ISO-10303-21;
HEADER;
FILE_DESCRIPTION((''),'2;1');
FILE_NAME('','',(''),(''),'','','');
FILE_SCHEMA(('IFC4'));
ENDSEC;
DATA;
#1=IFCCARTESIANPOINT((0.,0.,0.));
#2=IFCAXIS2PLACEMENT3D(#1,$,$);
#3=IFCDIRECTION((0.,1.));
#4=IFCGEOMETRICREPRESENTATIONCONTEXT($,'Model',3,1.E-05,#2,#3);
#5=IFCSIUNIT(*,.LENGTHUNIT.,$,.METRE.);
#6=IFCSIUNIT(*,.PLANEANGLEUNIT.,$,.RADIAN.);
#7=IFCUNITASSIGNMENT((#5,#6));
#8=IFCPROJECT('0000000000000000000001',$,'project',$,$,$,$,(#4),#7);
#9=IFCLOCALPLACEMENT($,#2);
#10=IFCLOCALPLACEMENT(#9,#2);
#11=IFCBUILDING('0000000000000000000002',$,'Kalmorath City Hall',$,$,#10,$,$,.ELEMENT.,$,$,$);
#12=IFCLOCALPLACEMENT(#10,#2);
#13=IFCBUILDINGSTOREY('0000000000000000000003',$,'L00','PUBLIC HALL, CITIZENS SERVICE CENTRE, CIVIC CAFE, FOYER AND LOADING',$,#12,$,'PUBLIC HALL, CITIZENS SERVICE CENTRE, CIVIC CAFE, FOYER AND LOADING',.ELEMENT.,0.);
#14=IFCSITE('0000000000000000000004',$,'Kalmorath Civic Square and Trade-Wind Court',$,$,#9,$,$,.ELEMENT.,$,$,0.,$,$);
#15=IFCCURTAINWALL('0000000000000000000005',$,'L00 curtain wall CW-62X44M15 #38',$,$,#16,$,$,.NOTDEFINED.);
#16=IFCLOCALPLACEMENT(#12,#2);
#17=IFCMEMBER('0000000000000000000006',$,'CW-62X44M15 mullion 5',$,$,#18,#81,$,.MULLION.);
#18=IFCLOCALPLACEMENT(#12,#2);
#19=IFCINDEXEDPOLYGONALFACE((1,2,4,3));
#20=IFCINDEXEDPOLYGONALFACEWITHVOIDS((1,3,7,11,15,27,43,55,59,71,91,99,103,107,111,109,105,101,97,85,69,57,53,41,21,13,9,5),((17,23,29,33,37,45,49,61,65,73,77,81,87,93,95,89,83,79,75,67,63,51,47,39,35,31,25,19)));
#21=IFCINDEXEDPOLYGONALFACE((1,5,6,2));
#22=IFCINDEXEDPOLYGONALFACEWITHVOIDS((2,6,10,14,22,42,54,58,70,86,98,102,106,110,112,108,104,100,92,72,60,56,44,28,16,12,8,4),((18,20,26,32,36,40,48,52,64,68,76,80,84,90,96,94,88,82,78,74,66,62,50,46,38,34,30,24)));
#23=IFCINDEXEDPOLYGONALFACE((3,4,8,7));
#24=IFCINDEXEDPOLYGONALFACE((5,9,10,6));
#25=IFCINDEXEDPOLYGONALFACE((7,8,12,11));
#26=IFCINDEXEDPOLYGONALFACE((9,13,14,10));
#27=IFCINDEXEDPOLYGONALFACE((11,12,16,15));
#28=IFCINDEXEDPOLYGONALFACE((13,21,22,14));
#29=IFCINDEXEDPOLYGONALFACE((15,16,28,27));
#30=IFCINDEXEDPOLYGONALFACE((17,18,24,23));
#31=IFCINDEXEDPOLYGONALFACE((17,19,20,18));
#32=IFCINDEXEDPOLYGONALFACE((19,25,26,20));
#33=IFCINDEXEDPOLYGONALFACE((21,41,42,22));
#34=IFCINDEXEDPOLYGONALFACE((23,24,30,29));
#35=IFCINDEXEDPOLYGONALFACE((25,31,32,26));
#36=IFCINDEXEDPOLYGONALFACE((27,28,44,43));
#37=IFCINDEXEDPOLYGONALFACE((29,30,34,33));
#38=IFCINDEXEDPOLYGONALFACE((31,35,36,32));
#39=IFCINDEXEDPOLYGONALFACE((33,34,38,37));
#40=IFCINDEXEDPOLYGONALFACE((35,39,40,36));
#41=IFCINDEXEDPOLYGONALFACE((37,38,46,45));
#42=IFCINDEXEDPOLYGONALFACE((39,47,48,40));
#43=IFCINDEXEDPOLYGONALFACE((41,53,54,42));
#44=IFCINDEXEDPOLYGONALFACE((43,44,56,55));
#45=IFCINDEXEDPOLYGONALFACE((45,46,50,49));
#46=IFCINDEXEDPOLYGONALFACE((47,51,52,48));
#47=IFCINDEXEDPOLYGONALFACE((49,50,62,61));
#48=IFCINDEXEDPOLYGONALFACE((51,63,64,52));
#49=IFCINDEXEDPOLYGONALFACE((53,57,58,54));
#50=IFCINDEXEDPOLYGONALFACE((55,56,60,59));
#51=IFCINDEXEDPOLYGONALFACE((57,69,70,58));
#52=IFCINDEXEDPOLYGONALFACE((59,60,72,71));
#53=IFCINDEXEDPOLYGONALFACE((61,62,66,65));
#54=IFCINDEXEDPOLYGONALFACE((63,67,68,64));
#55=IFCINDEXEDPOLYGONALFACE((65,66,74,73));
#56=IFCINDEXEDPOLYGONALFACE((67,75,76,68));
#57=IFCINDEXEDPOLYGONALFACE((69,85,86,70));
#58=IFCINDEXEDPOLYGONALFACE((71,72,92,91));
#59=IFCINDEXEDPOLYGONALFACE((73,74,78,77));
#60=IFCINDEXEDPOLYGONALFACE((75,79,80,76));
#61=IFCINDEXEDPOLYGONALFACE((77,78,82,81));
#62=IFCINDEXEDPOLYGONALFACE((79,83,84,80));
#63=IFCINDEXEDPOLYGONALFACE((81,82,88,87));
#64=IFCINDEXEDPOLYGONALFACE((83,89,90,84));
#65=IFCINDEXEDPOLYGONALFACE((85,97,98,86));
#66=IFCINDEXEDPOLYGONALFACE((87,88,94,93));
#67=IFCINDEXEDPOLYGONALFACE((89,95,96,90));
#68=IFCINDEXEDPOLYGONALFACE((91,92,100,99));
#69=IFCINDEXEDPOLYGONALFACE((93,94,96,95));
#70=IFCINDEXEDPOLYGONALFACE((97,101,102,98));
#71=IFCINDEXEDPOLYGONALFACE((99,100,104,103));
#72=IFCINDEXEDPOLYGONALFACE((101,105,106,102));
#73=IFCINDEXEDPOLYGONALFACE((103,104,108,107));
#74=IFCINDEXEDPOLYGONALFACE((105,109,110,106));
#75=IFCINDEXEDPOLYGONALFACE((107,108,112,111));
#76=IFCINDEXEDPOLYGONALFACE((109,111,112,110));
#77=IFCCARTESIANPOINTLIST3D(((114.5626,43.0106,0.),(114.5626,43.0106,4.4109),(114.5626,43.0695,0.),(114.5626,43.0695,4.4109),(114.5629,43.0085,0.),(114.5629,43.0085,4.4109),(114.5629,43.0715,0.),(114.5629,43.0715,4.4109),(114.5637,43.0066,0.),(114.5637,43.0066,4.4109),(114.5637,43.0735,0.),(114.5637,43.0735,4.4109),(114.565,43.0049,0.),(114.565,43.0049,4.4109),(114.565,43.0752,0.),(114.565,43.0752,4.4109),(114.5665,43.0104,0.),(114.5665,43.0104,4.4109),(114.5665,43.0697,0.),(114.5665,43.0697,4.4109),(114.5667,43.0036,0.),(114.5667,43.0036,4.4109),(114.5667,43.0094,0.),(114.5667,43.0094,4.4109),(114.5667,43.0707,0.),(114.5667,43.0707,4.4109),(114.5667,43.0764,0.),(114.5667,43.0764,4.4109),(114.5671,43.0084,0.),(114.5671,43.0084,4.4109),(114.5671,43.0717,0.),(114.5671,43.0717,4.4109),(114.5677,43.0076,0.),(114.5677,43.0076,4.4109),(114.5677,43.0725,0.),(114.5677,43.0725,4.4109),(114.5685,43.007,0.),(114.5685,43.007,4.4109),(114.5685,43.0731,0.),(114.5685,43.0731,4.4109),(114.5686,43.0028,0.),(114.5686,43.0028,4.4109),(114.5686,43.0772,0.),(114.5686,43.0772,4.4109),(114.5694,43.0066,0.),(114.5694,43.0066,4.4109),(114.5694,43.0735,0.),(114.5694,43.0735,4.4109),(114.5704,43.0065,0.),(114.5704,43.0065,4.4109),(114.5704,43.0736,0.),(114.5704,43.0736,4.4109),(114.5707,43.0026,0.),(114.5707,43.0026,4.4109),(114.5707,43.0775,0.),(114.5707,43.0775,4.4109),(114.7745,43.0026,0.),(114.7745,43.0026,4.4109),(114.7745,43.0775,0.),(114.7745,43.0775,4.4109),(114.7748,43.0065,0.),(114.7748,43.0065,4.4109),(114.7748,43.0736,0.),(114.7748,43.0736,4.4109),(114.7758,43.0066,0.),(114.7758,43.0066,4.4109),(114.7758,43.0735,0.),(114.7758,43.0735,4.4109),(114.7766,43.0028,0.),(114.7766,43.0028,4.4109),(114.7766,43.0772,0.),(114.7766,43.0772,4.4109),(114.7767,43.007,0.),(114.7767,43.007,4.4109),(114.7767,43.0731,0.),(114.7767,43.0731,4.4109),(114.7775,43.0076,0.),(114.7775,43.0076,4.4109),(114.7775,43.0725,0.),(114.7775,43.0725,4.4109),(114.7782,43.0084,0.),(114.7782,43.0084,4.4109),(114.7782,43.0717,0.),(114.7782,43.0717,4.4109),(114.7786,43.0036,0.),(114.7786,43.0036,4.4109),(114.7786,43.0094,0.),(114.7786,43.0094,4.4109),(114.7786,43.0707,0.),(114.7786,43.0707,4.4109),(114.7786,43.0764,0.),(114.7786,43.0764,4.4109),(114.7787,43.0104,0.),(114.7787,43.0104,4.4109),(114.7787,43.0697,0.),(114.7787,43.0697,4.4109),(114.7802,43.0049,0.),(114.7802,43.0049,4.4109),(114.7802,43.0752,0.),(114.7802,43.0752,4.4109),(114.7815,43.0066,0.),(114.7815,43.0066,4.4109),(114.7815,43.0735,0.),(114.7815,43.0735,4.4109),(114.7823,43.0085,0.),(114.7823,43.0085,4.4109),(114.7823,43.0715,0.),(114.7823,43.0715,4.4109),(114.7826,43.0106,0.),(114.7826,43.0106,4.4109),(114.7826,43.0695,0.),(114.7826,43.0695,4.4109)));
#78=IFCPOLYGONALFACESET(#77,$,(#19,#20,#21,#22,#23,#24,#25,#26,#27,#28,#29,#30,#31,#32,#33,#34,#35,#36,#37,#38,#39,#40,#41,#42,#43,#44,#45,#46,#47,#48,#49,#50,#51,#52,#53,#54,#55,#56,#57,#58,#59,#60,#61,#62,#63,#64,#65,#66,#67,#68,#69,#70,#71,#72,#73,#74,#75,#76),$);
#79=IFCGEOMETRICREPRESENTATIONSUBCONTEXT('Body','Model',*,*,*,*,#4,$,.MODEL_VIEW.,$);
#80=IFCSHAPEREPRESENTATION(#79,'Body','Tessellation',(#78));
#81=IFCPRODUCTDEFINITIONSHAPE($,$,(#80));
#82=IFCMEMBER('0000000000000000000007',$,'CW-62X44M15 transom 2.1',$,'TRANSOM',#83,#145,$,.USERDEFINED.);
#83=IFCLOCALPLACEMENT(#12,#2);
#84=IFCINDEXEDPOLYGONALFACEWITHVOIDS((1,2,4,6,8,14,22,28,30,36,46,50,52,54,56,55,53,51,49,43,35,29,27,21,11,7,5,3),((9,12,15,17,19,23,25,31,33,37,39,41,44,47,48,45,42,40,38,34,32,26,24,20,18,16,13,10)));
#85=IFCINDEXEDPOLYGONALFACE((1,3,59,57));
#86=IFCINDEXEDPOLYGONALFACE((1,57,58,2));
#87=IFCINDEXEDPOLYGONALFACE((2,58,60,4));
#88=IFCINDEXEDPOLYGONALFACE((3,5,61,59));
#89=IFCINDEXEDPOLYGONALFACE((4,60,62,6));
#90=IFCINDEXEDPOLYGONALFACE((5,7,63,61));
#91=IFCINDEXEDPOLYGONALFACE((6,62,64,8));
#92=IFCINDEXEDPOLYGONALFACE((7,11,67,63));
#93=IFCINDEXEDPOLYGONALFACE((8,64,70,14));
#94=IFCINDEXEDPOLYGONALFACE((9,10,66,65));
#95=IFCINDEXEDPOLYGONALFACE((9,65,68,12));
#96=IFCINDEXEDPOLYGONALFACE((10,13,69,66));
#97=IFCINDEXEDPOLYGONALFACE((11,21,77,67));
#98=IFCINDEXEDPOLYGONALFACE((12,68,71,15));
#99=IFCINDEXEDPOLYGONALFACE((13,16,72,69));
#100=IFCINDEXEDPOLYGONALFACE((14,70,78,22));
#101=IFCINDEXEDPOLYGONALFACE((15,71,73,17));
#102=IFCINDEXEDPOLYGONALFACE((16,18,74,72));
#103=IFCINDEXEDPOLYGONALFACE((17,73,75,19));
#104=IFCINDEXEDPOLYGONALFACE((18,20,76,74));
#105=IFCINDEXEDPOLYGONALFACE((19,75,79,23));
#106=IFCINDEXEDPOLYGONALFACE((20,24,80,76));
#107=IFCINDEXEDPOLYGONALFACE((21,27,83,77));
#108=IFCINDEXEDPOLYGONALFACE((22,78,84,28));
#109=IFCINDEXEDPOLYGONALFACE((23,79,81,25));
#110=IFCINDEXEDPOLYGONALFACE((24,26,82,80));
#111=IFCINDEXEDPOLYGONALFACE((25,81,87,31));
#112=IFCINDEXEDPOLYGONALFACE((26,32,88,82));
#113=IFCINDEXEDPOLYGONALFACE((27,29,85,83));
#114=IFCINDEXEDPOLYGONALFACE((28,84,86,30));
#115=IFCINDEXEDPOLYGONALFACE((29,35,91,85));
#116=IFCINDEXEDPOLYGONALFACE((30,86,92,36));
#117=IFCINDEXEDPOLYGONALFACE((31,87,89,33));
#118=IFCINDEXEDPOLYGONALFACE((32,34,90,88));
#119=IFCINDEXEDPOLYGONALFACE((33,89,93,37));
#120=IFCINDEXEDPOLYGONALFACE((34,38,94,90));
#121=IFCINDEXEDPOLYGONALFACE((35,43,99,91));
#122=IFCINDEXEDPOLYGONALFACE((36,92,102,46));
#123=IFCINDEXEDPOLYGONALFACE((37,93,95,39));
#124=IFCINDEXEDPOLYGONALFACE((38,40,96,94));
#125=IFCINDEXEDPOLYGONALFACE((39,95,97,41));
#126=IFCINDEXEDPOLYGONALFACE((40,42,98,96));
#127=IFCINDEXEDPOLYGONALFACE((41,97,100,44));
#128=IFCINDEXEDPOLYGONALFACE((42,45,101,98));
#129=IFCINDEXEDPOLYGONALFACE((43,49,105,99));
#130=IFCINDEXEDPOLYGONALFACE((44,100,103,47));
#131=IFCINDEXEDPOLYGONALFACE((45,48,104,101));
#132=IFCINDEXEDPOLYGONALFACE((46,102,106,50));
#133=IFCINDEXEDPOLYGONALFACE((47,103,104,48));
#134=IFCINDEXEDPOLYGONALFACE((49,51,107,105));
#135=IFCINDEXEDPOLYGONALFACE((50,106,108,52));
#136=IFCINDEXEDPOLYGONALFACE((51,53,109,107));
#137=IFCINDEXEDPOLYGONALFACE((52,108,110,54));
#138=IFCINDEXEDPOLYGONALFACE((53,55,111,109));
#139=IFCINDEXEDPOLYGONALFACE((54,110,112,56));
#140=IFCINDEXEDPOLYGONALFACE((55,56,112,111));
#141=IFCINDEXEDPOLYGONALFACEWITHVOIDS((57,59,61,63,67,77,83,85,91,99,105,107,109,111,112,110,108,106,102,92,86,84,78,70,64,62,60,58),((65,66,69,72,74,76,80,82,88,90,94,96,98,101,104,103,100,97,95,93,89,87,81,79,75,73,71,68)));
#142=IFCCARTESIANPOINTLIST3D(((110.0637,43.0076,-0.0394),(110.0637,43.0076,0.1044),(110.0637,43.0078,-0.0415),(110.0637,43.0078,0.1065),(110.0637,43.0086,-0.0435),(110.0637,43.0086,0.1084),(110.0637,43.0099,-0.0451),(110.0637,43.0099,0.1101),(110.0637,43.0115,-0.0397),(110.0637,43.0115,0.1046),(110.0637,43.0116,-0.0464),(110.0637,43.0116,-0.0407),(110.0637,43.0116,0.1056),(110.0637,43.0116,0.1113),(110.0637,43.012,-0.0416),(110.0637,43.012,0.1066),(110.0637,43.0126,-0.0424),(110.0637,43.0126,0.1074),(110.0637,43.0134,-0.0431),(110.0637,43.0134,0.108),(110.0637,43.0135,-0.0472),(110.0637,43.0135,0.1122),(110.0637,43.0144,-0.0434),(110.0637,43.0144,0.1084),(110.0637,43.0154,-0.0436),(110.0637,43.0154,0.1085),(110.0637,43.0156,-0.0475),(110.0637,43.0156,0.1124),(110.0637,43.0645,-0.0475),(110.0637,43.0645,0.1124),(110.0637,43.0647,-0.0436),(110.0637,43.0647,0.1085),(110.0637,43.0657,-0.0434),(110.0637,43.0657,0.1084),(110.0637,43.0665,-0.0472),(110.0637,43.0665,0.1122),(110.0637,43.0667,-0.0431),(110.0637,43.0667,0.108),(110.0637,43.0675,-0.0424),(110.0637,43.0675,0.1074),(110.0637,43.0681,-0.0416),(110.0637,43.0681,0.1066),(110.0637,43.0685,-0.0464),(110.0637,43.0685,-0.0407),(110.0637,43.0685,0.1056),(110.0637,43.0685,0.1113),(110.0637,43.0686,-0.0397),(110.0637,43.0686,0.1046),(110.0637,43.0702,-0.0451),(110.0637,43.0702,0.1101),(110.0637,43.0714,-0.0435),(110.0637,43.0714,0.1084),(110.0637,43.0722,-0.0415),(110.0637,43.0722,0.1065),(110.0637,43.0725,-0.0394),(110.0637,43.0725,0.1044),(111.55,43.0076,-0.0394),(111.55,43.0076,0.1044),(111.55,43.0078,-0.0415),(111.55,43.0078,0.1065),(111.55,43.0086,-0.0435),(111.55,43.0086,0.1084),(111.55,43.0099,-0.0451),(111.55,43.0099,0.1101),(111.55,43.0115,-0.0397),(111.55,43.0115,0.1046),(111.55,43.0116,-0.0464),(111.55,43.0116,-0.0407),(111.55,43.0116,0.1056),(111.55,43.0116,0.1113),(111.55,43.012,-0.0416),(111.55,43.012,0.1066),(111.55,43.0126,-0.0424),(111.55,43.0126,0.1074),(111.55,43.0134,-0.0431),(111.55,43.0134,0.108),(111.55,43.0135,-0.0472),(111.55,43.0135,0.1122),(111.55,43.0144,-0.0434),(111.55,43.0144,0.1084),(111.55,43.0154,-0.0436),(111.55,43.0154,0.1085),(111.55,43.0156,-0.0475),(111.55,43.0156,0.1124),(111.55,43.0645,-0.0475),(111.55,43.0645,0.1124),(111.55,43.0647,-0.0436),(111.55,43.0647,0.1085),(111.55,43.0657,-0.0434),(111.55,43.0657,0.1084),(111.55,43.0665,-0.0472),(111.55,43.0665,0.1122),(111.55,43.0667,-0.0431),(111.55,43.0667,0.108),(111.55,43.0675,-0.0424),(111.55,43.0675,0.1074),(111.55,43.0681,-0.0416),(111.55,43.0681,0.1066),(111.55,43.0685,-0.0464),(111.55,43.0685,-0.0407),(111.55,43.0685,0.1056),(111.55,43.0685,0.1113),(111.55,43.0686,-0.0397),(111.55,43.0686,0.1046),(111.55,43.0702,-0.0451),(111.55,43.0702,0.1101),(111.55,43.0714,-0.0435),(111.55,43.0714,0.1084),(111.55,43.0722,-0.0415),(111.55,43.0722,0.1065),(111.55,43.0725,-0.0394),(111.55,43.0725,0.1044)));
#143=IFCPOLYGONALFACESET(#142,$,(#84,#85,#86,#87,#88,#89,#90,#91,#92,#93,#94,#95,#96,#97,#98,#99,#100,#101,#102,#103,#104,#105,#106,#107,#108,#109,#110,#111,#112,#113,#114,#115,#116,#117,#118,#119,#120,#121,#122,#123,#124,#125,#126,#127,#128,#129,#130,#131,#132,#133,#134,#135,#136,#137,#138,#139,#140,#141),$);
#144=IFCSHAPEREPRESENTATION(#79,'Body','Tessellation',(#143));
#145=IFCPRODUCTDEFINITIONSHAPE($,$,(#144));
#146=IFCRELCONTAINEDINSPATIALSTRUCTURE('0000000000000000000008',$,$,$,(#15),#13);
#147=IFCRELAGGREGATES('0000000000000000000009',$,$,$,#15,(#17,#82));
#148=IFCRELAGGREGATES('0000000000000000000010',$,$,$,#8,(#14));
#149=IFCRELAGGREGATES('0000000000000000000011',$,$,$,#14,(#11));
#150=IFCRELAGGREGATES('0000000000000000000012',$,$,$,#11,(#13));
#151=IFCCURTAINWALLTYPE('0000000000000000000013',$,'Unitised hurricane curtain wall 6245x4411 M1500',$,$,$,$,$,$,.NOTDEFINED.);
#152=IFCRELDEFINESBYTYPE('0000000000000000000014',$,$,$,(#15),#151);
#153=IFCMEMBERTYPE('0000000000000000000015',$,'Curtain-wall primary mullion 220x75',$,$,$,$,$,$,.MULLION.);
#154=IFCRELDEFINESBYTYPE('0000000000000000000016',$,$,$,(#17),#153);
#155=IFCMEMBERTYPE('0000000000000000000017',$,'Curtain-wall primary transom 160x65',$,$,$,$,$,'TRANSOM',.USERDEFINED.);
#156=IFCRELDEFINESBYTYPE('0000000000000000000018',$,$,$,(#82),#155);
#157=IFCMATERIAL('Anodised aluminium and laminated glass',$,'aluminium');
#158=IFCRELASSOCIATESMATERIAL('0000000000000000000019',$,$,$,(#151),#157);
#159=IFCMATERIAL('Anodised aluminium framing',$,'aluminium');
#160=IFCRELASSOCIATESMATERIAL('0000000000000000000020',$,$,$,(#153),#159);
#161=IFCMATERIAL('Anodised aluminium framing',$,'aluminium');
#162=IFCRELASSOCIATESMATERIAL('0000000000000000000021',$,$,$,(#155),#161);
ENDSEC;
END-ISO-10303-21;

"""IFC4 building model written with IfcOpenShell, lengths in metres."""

from ifc_helpers import new_model, si_unit, direction, frame, origin, origin_2d, place, context, subcontext, project, spatial, hollow_rectangle, extrude, material, material_profile, profile_set, type_object, element, aggregate, save


model = new_model("IFC4")

# Units and contexts
model_context = context("Model", 3, precision=1e-05, world=origin(), true_north=direction((0.0, 1.0)))
body_context = subcontext(model_context, "Body", "Model", "MODEL_VIEW")
ifc_project = project(units=[si_unit("LENGTHUNIT", "METRE"), si_unit("PLANEANGLEUNIT", "RADIAN")], contexts=[model_context])

# Site, building, storey
site_placement = place(None, origin())
site = spatial("IfcSite", under=ifc_project, at=site_placement, Name="Kalmorath Civic Square and Trade-Wind Court", CompositionType="ELEMENT", RefElevation=0.0)
building_placement = place(site_placement, origin())
building = spatial("IfcBuilding", under=site, at=building_placement, Name="Kalmorath City Hall", CompositionType="ELEMENT")
storey_placement = place(building_placement, origin())
storey = spatial("IfcBuildingStorey", under=building, at=storey_placement, Name="L00", Description="PUBLIC HALL, CITIZENS SERVICE CENTRE, CIVIC CAFE, FOYER AND LOADING", LongName="PUBLIC HALL, CITIZENS SERVICE CENTRE, CIVIC CAFE, FOYER AND LOADING", CompositionType="ELEMENT", Elevation=0.0)

# Curtain wall, members
ifc_material_1 = material(Name="Anodised aluminium and laminated glass", Category="aluminium")
curtain_wall_type = type_object("IfcCurtainWallType", Name="Unitised hurricane curtain wall 6245x4411 M1500", PredefinedType="NOTDEFINED", material=ifc_material_1)
curtain_wall_placement = place(storey_placement, origin())
curtain_wall = element("IfcCurtainWall", 1, at=curtain_wall_placement, inside=storey, type_object=curtain_wall_type, Name="L00 curtain wall CW-62X44M15 #38", PredefinedType="NOTDEFINED")
ifc_material_2 = material(Name="Anodised aluminium framing", Category="aluminium")
ifc_material_profile_1 = material_profile(ifc_material_2, hollow_rectangle(XDim=0.075, YDim=0.22, WallThickness=0.0039, InnerFilletRadius=0.0039, OuterFilletRadius=0.0081, at=origin_2d()), Name="ALU-MUL-220X75X4")
ifc_profile_set_1 = profile_set([ifc_material_profile_1], Name="Anodised aluminium framing")
member_type_1 = type_object("IfcMemberType", Name="Curtain-wall primary mullion 220x75", PredefinedType="MULLION", material=ifc_profile_set_1)
member_1_placement = place(storey_placement, frame((114.6726, 43.04, 0.0), z_axis=(0.0, 0.0, 1.0), x_axis=(0.0, 1.0, 0.0)))
member_1 = element("IfcMember", 2, at=member_1_placement, type_object=member_type_1, Name="CW-62X44M15 mullion 5", PredefinedType="MULLION", context=body_context, shape_type="SweptSolid", body=[
    extrude(hollow_rectangle(XDim=0.075, YDim=0.22, WallThickness=0.0039, InnerFilletRadius=0.0039, OuterFilletRadius=0.0081, at=origin_2d()), origin(), (0.0, 0.0, 1.0), 4.4109),
])
ifc_material_3 = material(Name="Anodised aluminium framing", Category="aluminium")
ifc_material_profile_2 = material_profile(ifc_material_3, hollow_rectangle(XDim=0.0649, YDim=0.1599, WallThickness=0.0039, InnerFilletRadius=0.0039, OuterFilletRadius=0.0081, at=origin_2d()), Name="ALU-TRN-160X65X4")
ifc_profile_set_2 = profile_set([ifc_material_profile_2], Name="Anodised aluminium framing")
member_type_2 = type_object("IfcMemberType", Name="Curtain-wall primary transom 160x65", ElementType="TRANSOM", PredefinedType="USERDEFINED", material=ifc_profile_set_2)
member_2_placement = place(storey_placement, frame((110.0637, 43.04, 0.0325), z_axis=(1.0, 0.0, 0.0), x_axis=(0.0, 1.0, 0.0)))
member_2 = element("IfcMember", 3, at=member_2_placement, type_object=member_type_2, Name="CW-62X44M15 transom 2.1", ObjectType="TRANSOM", PredefinedType="USERDEFINED", context=body_context, shape_type="SweptSolid", body=[
    extrude(hollow_rectangle(XDim=0.0649, YDim=0.1599, WallThickness=0.0039, InnerFilletRadius=0.0039, OuterFilletRadius=0.0081, at=origin_2d()), origin(), (0.0, 0.0, 1.0), 1.4863),
])
aggregate(curtain_wall, [member_1, member_2])

save(model, "model.ifc")
